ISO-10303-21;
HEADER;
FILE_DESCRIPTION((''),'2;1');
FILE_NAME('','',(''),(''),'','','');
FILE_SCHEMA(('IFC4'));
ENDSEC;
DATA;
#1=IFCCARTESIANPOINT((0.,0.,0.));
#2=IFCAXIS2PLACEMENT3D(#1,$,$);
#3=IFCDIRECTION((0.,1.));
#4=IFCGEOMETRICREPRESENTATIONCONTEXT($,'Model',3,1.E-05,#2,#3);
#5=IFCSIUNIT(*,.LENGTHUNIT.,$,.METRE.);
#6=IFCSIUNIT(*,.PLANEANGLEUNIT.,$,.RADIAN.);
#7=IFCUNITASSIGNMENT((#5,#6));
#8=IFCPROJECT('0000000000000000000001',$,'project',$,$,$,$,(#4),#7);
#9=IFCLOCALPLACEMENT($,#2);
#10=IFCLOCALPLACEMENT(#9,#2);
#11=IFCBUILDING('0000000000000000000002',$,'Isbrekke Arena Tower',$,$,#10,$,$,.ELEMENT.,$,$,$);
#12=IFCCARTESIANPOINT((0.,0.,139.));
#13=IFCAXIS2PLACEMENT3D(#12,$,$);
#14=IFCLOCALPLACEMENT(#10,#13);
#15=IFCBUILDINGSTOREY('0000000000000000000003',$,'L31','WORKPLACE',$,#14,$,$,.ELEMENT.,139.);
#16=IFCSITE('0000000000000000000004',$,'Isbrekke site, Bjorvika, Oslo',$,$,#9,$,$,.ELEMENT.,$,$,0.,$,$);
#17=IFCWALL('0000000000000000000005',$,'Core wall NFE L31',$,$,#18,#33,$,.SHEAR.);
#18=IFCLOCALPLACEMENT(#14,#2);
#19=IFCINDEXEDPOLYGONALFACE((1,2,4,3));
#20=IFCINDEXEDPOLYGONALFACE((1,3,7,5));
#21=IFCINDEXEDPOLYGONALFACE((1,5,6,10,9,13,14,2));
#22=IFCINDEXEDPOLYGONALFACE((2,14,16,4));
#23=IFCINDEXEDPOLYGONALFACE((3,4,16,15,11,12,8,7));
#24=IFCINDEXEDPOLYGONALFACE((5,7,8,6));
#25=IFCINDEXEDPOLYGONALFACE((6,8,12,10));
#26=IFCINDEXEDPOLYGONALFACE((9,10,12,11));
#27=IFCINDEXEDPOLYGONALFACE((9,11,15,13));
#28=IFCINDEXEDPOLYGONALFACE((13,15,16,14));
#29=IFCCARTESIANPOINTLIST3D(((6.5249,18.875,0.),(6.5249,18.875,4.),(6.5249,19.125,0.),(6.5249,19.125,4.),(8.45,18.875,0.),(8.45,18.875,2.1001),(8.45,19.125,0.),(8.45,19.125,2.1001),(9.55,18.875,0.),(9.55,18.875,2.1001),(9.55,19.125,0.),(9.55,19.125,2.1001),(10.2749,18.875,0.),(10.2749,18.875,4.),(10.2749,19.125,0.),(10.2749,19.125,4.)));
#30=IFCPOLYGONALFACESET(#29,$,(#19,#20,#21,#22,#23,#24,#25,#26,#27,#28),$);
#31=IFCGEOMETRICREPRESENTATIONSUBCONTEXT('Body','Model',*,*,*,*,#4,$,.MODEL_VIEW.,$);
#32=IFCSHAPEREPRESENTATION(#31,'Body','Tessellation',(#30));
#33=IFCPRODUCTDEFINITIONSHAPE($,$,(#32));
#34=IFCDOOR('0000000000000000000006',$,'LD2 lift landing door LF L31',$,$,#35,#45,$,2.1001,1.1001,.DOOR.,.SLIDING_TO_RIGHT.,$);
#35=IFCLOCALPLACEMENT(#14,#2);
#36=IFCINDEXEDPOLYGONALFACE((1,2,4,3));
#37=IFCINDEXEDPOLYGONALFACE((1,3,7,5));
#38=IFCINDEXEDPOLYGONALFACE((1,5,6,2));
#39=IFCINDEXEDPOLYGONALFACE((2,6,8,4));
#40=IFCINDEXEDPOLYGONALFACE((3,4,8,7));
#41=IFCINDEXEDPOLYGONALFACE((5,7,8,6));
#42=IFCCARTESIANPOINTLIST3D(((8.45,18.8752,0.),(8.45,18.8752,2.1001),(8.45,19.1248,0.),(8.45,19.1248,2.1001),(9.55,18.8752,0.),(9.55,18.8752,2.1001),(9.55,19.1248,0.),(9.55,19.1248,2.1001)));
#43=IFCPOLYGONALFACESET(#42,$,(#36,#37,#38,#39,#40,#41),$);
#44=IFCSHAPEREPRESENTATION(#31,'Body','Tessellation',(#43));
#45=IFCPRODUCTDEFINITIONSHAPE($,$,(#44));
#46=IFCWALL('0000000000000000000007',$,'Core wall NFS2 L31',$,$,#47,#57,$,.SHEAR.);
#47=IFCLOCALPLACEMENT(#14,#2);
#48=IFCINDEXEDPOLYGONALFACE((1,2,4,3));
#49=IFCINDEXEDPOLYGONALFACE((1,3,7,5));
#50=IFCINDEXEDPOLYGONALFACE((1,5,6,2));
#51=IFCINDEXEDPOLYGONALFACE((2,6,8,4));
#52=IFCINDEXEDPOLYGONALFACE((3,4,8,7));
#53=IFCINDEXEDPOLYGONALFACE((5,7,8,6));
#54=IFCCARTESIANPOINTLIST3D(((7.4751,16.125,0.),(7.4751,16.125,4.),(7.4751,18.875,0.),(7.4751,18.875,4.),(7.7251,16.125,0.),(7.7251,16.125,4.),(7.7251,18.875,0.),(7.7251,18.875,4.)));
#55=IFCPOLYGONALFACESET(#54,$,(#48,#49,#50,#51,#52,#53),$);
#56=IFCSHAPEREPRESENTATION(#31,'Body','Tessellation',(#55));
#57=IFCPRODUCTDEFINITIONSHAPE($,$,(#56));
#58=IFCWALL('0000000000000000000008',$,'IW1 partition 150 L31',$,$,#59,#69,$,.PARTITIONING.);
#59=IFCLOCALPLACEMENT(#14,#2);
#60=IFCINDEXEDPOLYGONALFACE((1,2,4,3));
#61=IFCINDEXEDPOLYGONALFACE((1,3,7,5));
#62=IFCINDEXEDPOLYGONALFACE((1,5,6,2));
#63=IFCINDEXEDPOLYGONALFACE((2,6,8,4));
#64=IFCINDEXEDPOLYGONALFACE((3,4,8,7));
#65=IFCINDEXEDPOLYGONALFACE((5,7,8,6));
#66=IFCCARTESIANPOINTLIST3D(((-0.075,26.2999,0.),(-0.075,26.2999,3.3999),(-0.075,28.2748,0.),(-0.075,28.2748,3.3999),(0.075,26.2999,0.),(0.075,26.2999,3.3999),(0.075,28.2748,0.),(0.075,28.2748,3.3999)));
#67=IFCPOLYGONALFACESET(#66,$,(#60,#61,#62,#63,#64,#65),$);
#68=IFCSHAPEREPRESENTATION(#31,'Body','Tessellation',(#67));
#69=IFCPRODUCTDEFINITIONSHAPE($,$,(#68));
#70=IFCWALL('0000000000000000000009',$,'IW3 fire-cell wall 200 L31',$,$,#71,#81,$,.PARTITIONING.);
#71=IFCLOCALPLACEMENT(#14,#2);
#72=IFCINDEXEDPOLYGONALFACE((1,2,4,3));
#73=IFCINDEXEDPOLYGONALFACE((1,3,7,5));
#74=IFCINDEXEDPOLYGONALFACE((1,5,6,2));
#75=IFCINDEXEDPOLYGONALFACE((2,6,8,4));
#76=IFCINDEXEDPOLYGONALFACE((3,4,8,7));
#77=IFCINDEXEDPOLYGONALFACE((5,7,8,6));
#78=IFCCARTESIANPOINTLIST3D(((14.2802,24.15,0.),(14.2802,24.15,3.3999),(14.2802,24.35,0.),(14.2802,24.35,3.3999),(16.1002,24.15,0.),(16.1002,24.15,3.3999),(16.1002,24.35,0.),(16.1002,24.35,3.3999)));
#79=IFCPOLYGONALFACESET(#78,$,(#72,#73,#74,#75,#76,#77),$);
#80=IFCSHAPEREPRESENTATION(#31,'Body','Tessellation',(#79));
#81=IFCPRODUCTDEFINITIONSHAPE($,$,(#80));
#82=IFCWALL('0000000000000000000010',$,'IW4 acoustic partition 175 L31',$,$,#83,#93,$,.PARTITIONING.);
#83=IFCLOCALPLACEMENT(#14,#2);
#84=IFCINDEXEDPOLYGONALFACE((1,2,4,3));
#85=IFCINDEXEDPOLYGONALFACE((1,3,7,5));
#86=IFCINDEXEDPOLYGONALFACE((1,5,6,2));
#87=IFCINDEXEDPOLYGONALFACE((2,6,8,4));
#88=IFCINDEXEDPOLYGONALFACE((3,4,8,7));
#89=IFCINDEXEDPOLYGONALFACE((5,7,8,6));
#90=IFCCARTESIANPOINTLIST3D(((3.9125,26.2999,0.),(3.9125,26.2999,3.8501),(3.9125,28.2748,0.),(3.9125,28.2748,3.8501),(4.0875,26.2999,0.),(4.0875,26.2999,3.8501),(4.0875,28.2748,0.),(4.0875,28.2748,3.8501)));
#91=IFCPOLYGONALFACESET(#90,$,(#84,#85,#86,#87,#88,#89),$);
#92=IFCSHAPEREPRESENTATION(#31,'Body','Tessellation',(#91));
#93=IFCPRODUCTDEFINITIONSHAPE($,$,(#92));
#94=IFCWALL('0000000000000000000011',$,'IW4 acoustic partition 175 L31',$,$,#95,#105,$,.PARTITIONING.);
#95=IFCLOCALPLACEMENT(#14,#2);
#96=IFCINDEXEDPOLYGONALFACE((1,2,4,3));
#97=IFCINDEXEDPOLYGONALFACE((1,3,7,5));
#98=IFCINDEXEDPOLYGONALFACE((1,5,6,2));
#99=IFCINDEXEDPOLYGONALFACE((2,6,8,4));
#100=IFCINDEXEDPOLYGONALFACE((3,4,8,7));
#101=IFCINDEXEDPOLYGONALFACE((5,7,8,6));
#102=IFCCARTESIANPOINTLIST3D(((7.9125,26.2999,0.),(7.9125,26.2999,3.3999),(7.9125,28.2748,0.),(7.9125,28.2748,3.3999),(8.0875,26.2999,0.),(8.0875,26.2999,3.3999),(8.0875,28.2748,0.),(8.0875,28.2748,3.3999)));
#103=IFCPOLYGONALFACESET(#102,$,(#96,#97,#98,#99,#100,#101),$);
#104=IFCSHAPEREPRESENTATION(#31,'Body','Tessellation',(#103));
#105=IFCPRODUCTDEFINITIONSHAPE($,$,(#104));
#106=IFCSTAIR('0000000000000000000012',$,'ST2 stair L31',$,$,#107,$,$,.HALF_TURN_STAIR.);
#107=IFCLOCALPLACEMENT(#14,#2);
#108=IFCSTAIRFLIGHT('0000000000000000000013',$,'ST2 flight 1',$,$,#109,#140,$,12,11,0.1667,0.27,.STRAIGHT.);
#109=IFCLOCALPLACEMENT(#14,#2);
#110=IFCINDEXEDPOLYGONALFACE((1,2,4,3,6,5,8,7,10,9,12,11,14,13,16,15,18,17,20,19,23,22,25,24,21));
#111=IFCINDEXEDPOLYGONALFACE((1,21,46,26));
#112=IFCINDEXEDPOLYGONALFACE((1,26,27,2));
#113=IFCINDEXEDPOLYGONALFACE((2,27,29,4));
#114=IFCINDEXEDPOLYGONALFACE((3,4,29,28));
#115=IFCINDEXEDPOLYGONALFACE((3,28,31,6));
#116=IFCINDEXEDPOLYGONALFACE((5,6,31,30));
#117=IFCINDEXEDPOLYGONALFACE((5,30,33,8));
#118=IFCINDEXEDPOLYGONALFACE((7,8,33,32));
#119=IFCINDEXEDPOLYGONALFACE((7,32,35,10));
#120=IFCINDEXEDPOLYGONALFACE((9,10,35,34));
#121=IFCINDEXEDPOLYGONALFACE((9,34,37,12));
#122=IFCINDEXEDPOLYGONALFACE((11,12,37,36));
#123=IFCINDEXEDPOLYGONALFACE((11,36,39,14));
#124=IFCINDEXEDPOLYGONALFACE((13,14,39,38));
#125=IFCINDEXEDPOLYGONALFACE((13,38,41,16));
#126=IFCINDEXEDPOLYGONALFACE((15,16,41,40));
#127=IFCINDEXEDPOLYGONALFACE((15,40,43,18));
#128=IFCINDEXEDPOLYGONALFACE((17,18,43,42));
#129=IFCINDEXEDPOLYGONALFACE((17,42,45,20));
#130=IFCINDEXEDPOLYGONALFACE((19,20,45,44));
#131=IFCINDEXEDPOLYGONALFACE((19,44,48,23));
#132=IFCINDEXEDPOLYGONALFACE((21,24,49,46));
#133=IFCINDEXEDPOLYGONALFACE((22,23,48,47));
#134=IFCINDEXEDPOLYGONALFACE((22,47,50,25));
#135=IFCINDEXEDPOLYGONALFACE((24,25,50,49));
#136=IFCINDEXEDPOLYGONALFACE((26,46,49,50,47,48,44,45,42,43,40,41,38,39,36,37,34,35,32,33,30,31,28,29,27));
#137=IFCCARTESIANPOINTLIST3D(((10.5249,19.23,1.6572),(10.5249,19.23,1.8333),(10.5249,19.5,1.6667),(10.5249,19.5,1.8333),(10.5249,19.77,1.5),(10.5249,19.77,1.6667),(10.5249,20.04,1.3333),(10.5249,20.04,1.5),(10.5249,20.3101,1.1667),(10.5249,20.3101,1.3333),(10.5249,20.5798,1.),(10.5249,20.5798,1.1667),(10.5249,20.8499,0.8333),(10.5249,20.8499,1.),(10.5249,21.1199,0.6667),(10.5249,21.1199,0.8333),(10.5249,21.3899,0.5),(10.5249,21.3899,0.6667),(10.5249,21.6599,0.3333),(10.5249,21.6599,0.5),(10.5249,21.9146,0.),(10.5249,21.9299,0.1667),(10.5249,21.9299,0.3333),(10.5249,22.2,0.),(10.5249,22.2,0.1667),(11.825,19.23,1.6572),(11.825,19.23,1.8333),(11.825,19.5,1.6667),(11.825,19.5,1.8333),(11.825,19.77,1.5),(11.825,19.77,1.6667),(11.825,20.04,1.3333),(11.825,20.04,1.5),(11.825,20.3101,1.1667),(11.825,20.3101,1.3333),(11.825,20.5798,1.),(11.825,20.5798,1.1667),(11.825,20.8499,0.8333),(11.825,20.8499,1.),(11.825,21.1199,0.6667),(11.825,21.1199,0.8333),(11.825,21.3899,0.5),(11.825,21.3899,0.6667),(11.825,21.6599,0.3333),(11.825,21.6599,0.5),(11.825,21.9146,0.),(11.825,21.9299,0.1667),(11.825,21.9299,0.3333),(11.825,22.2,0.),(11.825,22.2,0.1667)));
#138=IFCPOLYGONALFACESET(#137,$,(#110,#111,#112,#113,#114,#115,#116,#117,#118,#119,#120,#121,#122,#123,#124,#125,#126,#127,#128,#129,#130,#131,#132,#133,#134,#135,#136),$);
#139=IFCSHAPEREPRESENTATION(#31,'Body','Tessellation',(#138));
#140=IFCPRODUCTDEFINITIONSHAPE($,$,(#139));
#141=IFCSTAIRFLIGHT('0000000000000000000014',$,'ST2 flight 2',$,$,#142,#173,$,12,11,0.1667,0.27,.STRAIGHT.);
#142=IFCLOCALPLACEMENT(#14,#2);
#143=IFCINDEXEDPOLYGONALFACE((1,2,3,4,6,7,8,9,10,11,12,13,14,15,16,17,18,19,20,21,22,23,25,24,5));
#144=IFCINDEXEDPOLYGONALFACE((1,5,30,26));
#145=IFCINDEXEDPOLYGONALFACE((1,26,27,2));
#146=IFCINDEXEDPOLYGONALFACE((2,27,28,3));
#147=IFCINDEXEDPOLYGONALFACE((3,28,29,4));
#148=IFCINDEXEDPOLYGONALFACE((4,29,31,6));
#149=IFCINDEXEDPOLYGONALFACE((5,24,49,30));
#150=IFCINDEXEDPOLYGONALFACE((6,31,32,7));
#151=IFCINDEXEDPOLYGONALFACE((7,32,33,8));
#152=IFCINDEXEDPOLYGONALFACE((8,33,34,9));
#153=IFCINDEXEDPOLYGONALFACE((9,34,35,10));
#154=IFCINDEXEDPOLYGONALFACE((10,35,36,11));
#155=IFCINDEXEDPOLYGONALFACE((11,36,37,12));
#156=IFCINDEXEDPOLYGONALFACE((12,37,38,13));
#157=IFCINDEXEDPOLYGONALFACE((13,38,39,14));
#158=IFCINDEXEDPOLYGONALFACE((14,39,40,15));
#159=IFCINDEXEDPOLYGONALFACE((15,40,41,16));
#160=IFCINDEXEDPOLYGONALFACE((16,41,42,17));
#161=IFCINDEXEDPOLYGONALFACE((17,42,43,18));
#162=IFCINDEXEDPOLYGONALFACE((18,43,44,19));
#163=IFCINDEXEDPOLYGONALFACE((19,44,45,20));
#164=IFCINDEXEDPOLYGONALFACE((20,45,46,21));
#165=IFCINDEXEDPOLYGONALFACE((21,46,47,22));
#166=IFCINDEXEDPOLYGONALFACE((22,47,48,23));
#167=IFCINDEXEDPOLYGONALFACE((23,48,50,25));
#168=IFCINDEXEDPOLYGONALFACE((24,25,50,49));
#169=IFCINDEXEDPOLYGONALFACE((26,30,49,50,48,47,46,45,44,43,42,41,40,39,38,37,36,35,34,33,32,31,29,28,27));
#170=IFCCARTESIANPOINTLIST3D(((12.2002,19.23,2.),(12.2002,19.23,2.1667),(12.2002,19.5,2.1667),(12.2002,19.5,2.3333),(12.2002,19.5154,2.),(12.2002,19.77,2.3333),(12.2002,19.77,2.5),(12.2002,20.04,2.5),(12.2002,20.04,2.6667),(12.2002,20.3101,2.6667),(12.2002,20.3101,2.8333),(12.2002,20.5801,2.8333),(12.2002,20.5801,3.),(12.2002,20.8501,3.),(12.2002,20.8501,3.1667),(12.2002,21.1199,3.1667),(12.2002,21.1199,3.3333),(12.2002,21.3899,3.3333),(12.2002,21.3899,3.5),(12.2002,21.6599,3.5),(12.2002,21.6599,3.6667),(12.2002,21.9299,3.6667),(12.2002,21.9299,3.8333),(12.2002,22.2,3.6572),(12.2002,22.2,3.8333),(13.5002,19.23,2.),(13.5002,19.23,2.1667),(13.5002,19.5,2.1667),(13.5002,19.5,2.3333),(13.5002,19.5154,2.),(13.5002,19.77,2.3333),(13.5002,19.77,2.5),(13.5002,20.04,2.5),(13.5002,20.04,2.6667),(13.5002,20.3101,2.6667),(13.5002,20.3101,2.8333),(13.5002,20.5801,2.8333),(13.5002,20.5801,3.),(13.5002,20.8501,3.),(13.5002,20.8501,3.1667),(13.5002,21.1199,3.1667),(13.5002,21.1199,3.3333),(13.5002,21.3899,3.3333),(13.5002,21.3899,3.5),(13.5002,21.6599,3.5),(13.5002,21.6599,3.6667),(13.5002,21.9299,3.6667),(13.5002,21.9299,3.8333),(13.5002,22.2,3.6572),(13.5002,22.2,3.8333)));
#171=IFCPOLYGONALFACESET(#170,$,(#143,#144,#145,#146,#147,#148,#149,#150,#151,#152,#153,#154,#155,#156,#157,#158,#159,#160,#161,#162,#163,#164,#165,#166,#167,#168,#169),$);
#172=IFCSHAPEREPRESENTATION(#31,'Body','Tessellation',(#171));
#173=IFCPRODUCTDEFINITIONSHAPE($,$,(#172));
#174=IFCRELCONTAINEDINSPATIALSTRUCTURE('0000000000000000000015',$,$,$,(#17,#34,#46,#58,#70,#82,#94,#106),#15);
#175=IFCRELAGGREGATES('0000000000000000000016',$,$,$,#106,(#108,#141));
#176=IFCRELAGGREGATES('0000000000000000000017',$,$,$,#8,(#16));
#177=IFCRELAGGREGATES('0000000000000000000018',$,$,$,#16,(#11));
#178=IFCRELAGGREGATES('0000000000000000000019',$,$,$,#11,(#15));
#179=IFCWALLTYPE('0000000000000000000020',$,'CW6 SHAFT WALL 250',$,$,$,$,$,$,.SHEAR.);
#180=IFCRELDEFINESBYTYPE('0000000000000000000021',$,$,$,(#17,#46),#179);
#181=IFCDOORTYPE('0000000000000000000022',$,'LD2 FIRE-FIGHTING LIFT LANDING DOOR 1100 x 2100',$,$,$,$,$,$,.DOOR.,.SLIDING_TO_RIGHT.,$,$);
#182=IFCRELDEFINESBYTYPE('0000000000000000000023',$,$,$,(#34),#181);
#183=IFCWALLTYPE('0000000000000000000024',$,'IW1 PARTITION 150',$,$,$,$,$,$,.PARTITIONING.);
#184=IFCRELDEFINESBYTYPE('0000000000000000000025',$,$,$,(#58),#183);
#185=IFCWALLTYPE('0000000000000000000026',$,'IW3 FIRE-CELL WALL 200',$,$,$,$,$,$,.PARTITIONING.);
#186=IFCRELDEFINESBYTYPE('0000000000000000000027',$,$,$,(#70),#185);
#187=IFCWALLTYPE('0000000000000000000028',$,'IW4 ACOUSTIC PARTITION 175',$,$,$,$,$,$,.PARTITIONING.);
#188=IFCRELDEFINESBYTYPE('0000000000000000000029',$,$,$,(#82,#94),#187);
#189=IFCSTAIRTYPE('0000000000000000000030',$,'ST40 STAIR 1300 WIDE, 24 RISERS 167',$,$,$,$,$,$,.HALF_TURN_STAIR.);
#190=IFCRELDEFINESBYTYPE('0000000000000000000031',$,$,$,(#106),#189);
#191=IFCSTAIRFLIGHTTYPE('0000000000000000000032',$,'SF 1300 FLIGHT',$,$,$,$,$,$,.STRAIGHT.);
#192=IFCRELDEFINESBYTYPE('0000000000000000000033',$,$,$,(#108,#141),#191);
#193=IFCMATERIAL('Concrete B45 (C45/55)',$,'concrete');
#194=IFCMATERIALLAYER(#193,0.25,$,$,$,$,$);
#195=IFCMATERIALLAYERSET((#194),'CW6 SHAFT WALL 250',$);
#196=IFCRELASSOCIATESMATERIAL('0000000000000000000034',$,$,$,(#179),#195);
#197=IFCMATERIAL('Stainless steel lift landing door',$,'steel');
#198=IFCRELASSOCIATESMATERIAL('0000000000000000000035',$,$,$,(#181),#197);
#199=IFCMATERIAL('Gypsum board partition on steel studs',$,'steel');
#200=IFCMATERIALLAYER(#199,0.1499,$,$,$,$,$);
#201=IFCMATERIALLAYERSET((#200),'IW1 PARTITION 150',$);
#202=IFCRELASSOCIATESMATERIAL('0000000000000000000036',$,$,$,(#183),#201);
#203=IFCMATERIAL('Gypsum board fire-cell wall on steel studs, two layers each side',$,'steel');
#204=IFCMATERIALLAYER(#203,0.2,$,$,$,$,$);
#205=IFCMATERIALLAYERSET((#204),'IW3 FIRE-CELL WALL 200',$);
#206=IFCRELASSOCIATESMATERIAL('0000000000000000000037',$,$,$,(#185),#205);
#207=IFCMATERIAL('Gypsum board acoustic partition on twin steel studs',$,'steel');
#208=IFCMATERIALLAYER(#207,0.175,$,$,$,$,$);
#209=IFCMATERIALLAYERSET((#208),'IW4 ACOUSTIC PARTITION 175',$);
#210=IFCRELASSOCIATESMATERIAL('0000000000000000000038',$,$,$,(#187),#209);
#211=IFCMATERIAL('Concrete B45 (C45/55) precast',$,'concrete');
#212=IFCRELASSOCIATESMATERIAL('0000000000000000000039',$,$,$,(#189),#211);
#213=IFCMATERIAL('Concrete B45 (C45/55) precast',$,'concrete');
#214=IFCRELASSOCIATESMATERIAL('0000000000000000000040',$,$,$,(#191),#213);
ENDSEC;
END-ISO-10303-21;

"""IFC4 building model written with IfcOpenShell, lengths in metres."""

from ifc_helpers import new_model, si_unit, direction, frame, frame_2d, origin, place, context, subcontext, project, spatial, polyline, rectangle, outline, extrude, material, layer, layer_set, type_object, element, fill, aggregate, save


model = new_model("IFC4")

# Units and contexts
model_context = context("Model", 3, precision=1e-05, world=origin(), true_north=direction((0.0, 1.0)))
body_context = subcontext(model_context, "Body", "Model", "MODEL_VIEW")
ifc_project = project(units=[si_unit("LENGTHUNIT", "METRE"), si_unit("PLANEANGLEUNIT", "RADIAN")], contexts=[model_context])

# Site, building, storey
site_placement = place(None, origin())
site = spatial("IfcSite", under=ifc_project, at=site_placement, Name="Isbrekke site, Bjorvika, Oslo", CompositionType="ELEMENT", RefElevation=0.0)
building_placement = place(site_placement, origin())
building = spatial("IfcBuilding", under=site, at=building_placement, Name="Isbrekke Arena Tower", CompositionType="ELEMENT")
storey_placement = place(building_placement, frame((0.0, 0.0, 139.0)))
storey = spatial("IfcBuildingStorey", under=building, at=storey_placement, Name="L31", Description="WORKPLACE", CompositionType="ELEMENT", Elevation=139.0)

# Shared definitions
ifc_material_1 = material(Name="Concrete B45 (C45/55)", Category="concrete")
ifc_layer_1 = layer(ifc_material_1, 0.25)
ifc_layer_set_1 = layer_set([ifc_layer_1], Name="CW6 SHAFT WALL 250")
wall_type_1 = type_object("IfcWallType", Name="CW6 SHAFT WALL 250", PredefinedType="SHEAR", material=ifc_layer_set_1)

# Wall, opening, door
wall_1_placement = place(storey_placement, frame((6.5249, 19.0, 0.0), z_axis=(0.0, 0.0, 1.0), x_axis=(1.0, 0.0, 0.0)))
wall_1 = element("IfcWall", 1, at=wall_1_placement, inside=storey, type_object=wall_type_1, Name="Core wall NFE L31", PredefinedType="SHEAR", context=body_context, shape_type="SweptSolid", body=[
    extrude(rectangle(XDim=3.75, YDim=0.25, at=frame_2d((1.875, 0.0))), origin(), (0.0, 0.0, 1.0), 4.0),
])
opening_1_placement = place(wall_1_placement, frame((1.925, 0.0, 0.0)))
opening_1 = element("IfcOpeningElement", 2, at=opening_1_placement, cuts=wall_1, PredefinedType="OPENING", context=body_context, shape_type="SweptSolid", body=[
    extrude(rectangle(XDim=1.1001, YDim=2.1001, at=frame_2d((0.55, 1.05))), frame((0.0, 0.1399, 0.0), z_axis=(0.0, -1.0, 0.0), x_axis=(1.0, 0.0, 0.0)), (0.0, 0.0, 1.0), 0.2798),
])
ifc_material_2 = material(Name="Stainless steel lift landing door", Category="steel")
door_type_1 = type_object("IfcDoorType", Name="LD2 FIRE-FIGHTING LIFT LANDING DOOR 1100 x 2100", OperationType="SLIDING_TO_RIGHT", PredefinedType="DOOR", material=ifc_material_2)
door_1_placement = place(opening_1_placement, origin())
door_1 = element("IfcDoor", 3, at=door_1_placement, inside=storey, type_object=door_type_1, Name="LD2 lift landing door LF L31", OperationType="SLIDING_TO_RIGHT", OverallHeight=2.1001, OverallWidth=1.1001, PredefinedType="DOOR", context=body_context, shape_type="SweptSolid", body=[
    extrude(rectangle(XDim=1.1001, YDim=2.1001, at=frame_2d((0.55, 1.05))), frame((0.0, 0.1248, 0.0), z_axis=(0.0, -1.0, 0.0), x_axis=(1.0, 0.0, 0.0)), (0.0, 0.0, 1.0), 0.2495),
])
fill(opening_1, door_1)

# Walls
wall_2_placement = place(storey_placement, frame((7.6001, 16.125, 0.0), z_axis=(0.0, 0.0, 1.0), x_axis=(0.0, 1.0, 0.0)))
element("IfcWall", 4, at=wall_2_placement, inside=storey, type_object=wall_type_1, Name="Core wall NFS2 L31", PredefinedType="SHEAR", context=body_context, shape_type="SweptSolid", body=[
    extrude(rectangle(XDim=2.75, YDim=0.25, at=frame_2d((1.375, 0.0))), origin(), (0.0, 0.0, 1.0), 4.0),
])
ifc_material_3 = material(Name="Gypsum board partition on steel studs", Category="steel")
ifc_layer_2 = layer(ifc_material_3, 0.1499)
ifc_layer_set_2 = layer_set([ifc_layer_2], Name="IW1 PARTITION 150")
wall_type_2 = type_object("IfcWallType", Name="IW1 PARTITION 150", PredefinedType="PARTITIONING", material=ifc_layer_set_2)
wall_3_placement = place(storey_placement, frame((0.0, 26.3, 0.0), z_axis=(0.0, 0.0, 1.0), x_axis=(0.0, 1.0, 0.0)))
element("IfcWall", 5, at=wall_3_placement, inside=storey, type_object=wall_type_2, Name="IW1 partition 150 L31", PredefinedType="PARTITIONING", context=body_context, shape_type="SweptSolid", body=[
    extrude(rectangle(XDim=1.9749, YDim=0.1499, at=frame_2d((0.9873, 0.0))), origin(), (0.0, 0.0, 1.0), 3.3999),
])
ifc_material_4 = material(Name="Gypsum board fire-cell wall on steel studs, two layers each side", Category="steel")
ifc_layer_3 = layer(ifc_material_4, 0.2)
ifc_layer_set_3 = layer_set([ifc_layer_3], Name="IW3 FIRE-CELL WALL 200")
wall_type_3 = type_object("IfcWallType", Name="IW3 FIRE-CELL WALL 200", PredefinedType="PARTITIONING", material=ifc_layer_set_3)
wall_4_placement = place(storey_placement, frame((14.28, 24.25, 0.0), z_axis=(0.0, 0.0, 1.0), x_axis=(1.0, 0.0, 0.0)))
element("IfcWall", 6, at=wall_4_placement, inside=storey, type_object=wall_type_3, Name="IW3 fire-cell wall 200 L31", PredefinedType="PARTITIONING", context=body_context, shape_type="SweptSolid", body=[
    extrude(rectangle(XDim=1.8201, YDim=0.2, at=frame_2d((0.9102, 0.0))), origin(), (0.0, 0.0, 1.0), 3.3999),
])

# Walls
ifc_material_5 = material(Name="Gypsum board acoustic partition on twin steel studs", Category="steel")
ifc_layer_4 = layer(ifc_material_5, 0.175)
ifc_layer_set_4 = layer_set([ifc_layer_4], Name="IW4 ACOUSTIC PARTITION 175")
wall_type_4 = type_object("IfcWallType", Name="IW4 ACOUSTIC PARTITION 175", PredefinedType="PARTITIONING", material=ifc_layer_set_4)
wall_5_placement = place(storey_placement, frame((4.0, 26.3, 0.0), z_axis=(0.0, 0.0, 1.0), x_axis=(0.0, 1.0, 0.0)))
element("IfcWall", 7, at=wall_5_placement, inside=storey, type_object=wall_type_4, Name="IW4 acoustic partition 175 L31", PredefinedType="PARTITIONING", context=body_context, shape_type="SweptSolid", body=[
    extrude(rectangle(XDim=1.9749, YDim=0.175, at=frame_2d((0.9873, 0.0))), origin(), (0.0, 0.0, 1.0), 3.8501),
])
wall_6_placement = place(storey_placement, frame((8.0, 26.3, 0.0), z_axis=(0.0, 0.0, 1.0), x_axis=(0.0, 1.0, 0.0)))
element("IfcWall", 8, at=wall_6_placement, inside=storey, type_object=wall_type_4, Name="IW4 acoustic partition 175 L31", PredefinedType="PARTITIONING", context=body_context, shape_type="SweptSolid", body=[
    extrude(rectangle(XDim=1.9749, YDim=0.175, at=frame_2d((0.9873, 0.0))), origin(), (0.0, 0.0, 1.0), 3.3999),
])

# Stair, stair flights
ifc_material_6 = material(Name="Concrete B45 (C45/55) precast", Category="concrete")
stair_type = type_object("IfcStairType", Name="ST40 STAIR 1300 WIDE, 24 RISERS 167", PredefinedType="HALF_TURN_STAIR", material=ifc_material_6)
stair_placement = place(storey_placement, origin())
stair = element("IfcStair", 9, at=stair_placement, inside=storey, type_object=stair_type, Name="ST2 stair L31", PredefinedType="HALF_TURN_STAIR")
ifc_material_7 = material(Name="Concrete B45 (C45/55) precast", Category="concrete")
stair_flight_type = type_object("IfcStairFlightType", Name="SF 1300 FLIGHT", PredefinedType="STRAIGHT", material=ifc_material_7)
stair_flight_1_placement = place(storey_placement, frame((11.175, 22.2, 0.0), z_axis=(0.0, 0.0, 1.0), x_axis=(0.0, -1.0, 0.0)))
stair_flight_1 = element("IfcStairFlight", 10, at=stair_flight_1_placement, type_object=stair_flight_type, Name="ST2 flight 1", NumberOfRisers=12, NumberOfTreads=11, PredefinedType="STRAIGHT", RiserHeight=0.1667, TreadLength=0.27, context=body_context, shape_type="SweptSolid", body=[
    extrude(outline(polyline([(0.0, 0.0), (0.0, 0.1667), (0.27, 0.1667), (0.27, 0.3333), (0.54, 0.3333), (0.54, 0.5), (0.8101, 0.5), (0.8101, 0.6667), (1.0801, 0.6667), (1.0801, 0.8333), (1.3501, 0.8333), (1.3501, 1.0), (1.6201, 1.0), (1.6201, 1.1667), (1.8899, 1.1667), (1.8899, 1.3333), (2.1599, 1.3333), (2.1599, 1.5), (2.4299, 1.5), (2.4299, 1.6667), (2.7, 1.6667), (2.7, 1.8333), (2.97, 1.8333), (2.97, 2.0), (2.97, 1.6572), (0.2854, 0.0), (0.0, 0.0)])), frame((0.0, 0.6499, 0.0), z_axis=(0.0, -1.0, 0.0), x_axis=(1.0, 0.0, 0.0)), (0.0, 0.0, 1.0), 1.3),
])
stair_flight_2_placement = place(storey_placement, frame((12.8501, 19.23, 2.0), z_axis=(0.0, 0.0, 1.0), x_axis=(0.0, 1.0, 0.0)))
stair_flight_2 = element("IfcStairFlight", 11, at=stair_flight_2_placement, type_object=stair_flight_type, Name="ST2 flight 2", NumberOfRisers=12, NumberOfTreads=11, PredefinedType="STRAIGHT", RiserHeight=0.1667, TreadLength=0.27, context=body_context, shape_type="SweptSolid", body=[
    extrude(outline(polyline([(0.0, 0.0), (0.0, 0.1667), (0.27, 0.1667), (0.27, 0.3333), (0.54, 0.3333), (0.54, 0.5), (0.8101, 0.5), (0.8101, 0.6667), (1.0801, 0.6667), (1.0801, 0.8333), (1.3501, 0.8333), (1.3501, 1.0), (1.6201, 1.0), (1.6201, 1.1667), (1.8899, 1.1667), (1.8899, 1.3333), (2.1599, 1.3333), (2.1599, 1.5), (2.4299, 1.5), (2.4299, 1.6667), (2.7, 1.6667), (2.7, 1.8333), (2.97, 1.8333), (2.97, 2.0), (2.97, 1.6572), (0.2854, 0.0), (0.0, 0.0)])), frame((0.0, 0.6499, 0.0), z_axis=(0.0, -1.0, 0.0), x_axis=(1.0, 0.0, 0.0)), (0.0, 0.0, 1.0), 1.3),
])
aggregate(stair, [stair_flight_1, stair_flight_2])

save(model, "model.ifc")
